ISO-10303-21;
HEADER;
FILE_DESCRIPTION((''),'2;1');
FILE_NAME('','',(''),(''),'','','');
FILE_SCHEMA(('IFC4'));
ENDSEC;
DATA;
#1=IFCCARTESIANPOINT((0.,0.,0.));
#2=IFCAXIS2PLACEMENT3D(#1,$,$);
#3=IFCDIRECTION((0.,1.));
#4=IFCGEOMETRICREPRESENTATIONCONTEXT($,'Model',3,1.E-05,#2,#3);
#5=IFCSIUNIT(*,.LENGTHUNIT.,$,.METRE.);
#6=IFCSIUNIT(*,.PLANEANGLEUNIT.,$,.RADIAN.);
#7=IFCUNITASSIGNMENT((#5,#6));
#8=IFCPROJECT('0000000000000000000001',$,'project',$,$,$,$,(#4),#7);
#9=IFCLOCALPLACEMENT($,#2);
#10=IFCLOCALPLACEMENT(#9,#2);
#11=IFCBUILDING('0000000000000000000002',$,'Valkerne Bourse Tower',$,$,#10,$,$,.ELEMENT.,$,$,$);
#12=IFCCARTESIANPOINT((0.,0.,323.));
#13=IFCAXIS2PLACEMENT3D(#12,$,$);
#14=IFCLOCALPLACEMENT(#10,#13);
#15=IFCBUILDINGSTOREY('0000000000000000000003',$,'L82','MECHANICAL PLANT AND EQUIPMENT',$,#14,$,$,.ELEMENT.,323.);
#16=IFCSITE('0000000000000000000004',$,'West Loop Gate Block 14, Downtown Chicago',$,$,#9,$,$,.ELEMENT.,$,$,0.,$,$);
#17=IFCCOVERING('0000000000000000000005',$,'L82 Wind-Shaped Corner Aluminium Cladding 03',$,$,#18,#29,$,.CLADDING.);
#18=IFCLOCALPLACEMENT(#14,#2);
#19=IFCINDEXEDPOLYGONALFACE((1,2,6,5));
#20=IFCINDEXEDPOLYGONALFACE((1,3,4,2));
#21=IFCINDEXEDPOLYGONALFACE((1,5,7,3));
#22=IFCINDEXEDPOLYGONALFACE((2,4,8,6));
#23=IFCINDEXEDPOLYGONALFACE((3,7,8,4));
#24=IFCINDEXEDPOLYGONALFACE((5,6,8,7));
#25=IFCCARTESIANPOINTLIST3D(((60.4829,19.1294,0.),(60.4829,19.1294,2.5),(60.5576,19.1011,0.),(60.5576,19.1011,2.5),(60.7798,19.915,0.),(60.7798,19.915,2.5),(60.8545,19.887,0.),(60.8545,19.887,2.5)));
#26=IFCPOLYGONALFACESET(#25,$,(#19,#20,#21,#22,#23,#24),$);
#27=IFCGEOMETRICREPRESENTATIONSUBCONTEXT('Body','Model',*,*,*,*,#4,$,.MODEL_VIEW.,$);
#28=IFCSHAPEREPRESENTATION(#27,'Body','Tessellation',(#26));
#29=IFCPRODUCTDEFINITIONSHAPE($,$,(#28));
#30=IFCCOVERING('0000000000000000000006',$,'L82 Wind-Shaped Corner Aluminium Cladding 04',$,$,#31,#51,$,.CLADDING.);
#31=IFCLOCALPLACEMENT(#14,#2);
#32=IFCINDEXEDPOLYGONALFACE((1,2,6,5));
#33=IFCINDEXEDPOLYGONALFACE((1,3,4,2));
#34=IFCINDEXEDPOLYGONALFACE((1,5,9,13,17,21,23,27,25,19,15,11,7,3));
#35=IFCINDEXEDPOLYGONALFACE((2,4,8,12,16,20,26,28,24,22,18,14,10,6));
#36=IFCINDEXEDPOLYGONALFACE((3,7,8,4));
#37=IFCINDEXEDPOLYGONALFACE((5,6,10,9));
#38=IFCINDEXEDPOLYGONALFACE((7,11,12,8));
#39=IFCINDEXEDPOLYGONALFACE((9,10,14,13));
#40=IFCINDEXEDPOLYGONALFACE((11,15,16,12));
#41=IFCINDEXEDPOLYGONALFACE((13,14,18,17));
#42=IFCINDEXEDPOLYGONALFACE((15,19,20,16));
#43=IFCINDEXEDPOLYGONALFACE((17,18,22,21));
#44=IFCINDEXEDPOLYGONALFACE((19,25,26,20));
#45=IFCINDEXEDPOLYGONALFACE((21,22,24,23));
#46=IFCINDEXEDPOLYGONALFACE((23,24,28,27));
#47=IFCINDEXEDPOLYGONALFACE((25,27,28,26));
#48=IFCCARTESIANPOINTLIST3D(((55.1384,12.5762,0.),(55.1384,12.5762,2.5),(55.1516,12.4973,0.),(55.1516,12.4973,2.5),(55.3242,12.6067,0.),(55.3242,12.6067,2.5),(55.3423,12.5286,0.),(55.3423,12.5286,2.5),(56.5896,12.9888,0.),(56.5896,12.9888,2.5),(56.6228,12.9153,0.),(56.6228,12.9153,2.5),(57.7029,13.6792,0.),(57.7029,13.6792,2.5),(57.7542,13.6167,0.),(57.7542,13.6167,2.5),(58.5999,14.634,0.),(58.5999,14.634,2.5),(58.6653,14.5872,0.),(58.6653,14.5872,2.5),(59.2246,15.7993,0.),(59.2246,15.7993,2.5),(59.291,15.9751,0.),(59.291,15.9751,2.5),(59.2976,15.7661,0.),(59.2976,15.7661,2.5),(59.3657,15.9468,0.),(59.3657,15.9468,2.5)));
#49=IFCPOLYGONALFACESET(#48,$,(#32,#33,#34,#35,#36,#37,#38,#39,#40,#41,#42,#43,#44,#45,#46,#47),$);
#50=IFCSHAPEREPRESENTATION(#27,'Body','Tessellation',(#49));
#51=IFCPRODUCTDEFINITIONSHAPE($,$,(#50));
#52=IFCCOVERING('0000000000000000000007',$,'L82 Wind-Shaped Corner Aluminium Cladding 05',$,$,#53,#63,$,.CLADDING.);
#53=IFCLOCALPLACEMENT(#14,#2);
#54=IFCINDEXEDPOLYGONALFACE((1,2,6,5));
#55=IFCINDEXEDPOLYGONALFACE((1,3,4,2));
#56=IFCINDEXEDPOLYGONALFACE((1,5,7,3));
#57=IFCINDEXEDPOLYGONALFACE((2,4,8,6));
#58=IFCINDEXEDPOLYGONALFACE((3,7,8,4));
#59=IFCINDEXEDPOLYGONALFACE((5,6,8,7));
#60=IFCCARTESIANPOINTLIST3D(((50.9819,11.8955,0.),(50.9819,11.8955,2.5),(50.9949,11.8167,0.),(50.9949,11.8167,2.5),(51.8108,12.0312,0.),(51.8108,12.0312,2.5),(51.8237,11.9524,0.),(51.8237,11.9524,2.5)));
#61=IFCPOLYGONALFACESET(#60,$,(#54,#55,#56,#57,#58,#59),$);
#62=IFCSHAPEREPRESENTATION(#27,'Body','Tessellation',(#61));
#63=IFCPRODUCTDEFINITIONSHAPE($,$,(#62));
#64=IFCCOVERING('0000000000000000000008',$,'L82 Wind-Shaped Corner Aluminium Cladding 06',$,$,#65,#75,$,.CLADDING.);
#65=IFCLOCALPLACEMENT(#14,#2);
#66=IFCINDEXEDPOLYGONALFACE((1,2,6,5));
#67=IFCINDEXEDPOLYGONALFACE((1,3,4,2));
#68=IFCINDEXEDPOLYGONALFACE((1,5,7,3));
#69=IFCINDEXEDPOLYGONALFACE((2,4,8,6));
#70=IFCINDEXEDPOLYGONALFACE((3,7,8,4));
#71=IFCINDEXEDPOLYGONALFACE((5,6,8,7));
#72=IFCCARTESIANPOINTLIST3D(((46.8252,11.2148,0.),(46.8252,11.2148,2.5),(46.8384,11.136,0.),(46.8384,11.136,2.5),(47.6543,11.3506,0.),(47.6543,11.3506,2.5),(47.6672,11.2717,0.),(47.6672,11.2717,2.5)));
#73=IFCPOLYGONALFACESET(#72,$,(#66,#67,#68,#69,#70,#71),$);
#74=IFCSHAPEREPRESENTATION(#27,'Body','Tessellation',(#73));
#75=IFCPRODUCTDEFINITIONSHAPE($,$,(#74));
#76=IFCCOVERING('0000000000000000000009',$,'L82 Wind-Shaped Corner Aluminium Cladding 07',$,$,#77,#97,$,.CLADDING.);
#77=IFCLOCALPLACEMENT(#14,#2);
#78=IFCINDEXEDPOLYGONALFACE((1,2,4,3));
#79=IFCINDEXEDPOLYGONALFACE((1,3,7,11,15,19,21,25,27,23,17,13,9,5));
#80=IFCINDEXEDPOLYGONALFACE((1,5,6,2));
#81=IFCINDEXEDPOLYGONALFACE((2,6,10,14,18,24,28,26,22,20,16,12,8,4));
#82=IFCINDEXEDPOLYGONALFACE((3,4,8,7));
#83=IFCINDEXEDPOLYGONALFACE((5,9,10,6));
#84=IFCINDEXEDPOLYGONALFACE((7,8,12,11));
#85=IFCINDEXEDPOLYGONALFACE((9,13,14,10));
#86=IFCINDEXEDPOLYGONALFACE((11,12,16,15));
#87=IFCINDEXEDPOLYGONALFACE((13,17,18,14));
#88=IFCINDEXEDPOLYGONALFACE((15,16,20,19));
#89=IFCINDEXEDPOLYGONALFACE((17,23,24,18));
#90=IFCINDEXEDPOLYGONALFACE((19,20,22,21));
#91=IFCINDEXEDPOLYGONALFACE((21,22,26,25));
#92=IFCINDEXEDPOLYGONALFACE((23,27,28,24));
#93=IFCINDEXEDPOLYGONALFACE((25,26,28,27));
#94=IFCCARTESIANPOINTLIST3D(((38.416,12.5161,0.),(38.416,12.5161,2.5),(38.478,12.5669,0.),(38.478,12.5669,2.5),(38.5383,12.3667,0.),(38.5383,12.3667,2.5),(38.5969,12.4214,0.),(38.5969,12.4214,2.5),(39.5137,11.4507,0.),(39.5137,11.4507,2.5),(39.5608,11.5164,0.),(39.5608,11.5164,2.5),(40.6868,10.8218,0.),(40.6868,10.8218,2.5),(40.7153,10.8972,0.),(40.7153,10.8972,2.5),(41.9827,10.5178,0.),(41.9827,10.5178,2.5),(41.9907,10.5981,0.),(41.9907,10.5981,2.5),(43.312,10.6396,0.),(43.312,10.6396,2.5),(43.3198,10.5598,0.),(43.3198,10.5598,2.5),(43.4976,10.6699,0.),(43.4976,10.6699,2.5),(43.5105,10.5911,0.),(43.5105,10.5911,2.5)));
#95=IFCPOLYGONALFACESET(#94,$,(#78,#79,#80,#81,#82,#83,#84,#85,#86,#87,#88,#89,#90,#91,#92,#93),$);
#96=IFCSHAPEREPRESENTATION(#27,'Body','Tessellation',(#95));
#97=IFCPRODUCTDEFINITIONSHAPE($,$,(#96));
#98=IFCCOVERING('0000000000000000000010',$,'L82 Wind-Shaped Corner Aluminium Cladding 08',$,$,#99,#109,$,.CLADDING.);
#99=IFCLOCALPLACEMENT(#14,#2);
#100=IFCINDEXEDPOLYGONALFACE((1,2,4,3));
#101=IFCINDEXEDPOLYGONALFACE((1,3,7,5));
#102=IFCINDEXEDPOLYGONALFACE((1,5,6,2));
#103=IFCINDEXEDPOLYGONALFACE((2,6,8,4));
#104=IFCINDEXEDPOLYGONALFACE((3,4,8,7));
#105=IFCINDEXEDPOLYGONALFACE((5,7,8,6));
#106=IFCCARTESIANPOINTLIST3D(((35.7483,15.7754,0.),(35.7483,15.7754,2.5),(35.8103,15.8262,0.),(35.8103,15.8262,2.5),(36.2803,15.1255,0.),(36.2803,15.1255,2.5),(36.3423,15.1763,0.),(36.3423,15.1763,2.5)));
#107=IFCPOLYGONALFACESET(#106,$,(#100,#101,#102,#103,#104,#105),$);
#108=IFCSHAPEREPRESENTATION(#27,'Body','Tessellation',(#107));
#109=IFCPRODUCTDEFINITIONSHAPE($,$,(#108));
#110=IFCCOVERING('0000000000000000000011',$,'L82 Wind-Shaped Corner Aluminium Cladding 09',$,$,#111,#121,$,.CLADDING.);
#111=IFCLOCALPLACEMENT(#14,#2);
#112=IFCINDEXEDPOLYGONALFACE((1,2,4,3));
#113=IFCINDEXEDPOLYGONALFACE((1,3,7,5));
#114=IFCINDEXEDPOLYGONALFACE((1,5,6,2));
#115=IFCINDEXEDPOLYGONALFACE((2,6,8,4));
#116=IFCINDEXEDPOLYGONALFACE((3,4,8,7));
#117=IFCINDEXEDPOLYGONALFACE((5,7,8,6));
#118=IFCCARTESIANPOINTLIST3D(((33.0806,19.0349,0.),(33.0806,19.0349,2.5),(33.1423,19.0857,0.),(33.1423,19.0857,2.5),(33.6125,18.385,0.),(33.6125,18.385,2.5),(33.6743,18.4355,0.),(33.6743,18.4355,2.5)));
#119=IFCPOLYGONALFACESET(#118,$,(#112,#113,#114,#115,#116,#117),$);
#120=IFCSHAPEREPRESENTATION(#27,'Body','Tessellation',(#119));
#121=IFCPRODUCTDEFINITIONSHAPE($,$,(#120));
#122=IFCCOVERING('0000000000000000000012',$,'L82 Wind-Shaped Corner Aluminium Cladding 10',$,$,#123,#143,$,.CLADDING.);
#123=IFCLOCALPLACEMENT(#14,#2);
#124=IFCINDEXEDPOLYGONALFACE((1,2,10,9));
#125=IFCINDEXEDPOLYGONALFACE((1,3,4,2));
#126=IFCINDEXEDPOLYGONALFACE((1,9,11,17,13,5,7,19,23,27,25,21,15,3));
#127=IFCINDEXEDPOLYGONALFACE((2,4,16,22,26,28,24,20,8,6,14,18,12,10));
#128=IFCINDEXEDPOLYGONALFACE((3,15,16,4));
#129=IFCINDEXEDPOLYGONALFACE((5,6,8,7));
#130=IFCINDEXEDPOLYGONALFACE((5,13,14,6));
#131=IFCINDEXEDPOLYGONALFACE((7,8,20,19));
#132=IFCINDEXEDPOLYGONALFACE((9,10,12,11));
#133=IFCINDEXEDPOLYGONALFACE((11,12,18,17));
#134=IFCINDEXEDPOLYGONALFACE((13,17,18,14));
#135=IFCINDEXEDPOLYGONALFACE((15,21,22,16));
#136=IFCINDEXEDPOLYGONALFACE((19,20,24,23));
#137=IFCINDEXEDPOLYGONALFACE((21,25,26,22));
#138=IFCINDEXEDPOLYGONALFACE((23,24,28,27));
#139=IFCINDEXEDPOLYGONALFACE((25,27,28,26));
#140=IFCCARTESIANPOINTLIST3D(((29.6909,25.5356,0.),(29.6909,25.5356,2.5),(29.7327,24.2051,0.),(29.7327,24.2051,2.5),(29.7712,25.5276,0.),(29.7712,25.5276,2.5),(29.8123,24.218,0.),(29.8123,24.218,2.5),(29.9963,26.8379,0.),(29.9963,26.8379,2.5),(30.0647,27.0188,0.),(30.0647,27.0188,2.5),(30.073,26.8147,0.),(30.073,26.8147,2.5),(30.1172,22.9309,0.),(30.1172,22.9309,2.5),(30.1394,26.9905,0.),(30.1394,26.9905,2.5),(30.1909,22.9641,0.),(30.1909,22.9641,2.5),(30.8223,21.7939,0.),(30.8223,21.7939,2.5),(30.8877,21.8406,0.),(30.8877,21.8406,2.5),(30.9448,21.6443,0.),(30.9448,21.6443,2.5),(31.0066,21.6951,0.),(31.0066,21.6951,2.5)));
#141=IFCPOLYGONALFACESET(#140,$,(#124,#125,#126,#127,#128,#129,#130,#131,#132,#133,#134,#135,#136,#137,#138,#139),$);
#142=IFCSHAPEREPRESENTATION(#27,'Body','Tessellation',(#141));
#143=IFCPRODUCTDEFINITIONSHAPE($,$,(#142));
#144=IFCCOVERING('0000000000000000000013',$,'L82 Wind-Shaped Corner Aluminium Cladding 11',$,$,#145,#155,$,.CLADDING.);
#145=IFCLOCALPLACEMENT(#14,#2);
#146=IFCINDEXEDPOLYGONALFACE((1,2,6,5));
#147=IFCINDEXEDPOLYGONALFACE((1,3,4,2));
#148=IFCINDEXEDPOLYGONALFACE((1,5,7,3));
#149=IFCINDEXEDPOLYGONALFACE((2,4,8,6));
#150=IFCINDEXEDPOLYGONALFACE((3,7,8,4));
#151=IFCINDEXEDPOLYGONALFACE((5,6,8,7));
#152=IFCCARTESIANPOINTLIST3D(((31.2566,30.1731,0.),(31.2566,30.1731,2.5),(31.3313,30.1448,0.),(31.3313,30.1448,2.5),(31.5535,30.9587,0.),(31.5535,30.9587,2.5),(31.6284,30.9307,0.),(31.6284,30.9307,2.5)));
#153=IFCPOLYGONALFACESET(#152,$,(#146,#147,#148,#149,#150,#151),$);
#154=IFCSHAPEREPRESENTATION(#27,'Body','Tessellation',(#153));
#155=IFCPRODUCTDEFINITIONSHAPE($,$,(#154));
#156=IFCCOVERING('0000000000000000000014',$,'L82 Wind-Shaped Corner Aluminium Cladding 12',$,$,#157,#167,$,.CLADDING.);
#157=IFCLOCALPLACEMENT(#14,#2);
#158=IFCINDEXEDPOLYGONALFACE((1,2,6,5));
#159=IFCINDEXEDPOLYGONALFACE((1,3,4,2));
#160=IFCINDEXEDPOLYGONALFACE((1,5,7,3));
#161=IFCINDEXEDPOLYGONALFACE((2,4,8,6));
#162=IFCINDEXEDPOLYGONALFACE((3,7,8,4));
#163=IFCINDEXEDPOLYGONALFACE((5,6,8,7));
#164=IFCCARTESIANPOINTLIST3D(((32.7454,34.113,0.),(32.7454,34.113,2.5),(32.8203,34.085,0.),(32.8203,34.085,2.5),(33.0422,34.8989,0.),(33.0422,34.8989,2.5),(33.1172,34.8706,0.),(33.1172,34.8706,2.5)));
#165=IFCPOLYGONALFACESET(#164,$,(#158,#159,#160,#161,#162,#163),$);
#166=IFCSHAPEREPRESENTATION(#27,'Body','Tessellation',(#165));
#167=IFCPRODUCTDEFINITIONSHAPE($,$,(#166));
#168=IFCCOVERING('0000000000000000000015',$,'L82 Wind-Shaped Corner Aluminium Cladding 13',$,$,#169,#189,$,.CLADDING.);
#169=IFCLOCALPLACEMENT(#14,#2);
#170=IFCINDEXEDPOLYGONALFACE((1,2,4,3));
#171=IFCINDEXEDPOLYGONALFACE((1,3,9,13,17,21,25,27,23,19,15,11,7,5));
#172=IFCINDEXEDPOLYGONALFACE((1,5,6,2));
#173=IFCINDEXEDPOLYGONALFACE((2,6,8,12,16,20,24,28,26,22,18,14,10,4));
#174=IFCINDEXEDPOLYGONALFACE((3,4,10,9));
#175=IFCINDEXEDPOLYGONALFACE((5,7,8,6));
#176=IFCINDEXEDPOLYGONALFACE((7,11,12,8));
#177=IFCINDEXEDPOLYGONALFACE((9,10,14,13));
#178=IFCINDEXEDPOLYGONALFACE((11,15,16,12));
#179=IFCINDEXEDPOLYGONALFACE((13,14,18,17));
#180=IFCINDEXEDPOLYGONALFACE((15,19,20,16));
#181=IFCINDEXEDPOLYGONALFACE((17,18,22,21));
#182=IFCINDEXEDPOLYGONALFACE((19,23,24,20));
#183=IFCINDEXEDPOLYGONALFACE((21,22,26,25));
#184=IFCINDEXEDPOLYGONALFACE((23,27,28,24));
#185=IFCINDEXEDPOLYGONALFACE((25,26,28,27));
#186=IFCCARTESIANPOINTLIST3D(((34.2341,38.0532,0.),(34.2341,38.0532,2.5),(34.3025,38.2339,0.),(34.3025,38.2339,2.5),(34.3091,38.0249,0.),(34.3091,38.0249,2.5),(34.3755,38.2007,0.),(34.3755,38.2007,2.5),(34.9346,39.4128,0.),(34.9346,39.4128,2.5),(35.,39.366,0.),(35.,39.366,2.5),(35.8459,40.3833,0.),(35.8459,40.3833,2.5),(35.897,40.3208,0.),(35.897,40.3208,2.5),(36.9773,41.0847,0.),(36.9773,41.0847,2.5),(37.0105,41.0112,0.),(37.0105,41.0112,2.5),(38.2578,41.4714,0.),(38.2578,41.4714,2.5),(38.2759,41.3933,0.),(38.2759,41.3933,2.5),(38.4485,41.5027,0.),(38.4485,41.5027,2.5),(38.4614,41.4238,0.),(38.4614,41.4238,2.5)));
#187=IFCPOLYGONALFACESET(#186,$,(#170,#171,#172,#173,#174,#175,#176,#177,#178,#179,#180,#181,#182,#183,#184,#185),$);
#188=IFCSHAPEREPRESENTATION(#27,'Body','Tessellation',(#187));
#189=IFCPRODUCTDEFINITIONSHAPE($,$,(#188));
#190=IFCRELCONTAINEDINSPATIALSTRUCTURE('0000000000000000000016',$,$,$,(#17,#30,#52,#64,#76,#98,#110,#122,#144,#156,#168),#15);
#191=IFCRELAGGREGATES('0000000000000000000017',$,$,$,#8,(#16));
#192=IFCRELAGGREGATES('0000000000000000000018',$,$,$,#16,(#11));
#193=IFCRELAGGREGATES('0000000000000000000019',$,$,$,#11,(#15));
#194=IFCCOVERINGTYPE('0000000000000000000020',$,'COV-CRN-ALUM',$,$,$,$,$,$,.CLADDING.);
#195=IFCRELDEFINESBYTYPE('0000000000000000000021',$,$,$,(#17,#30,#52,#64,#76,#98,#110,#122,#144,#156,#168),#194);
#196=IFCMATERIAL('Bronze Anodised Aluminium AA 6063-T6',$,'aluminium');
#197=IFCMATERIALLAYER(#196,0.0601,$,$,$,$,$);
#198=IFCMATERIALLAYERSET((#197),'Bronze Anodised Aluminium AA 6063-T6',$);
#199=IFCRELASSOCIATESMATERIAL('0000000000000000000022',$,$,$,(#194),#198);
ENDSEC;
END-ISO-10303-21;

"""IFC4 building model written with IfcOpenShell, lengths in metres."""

from ifc_helpers import new_model, si_unit, direction, frame, origin, place, context, subcontext, project, spatial, polyline, outline, extrude, material, layer, layer_set, type_object, element, save


model = new_model("IFC4")

# Units and contexts
model_context = context("Model", 3, precision=1e-05, world=origin(), true_north=direction((0.0, 1.0)))
body_context = subcontext(model_context, "Body", "Model", "MODEL_VIEW")
ifc_project = project(units=[si_unit("LENGTHUNIT", "METRE"), si_unit("PLANEANGLEUNIT", "RADIAN")], contexts=[model_context])

# Site, building, storey
site_placement = place(None, origin())
site = spatial("IfcSite", under=ifc_project, at=site_placement, Name="West Loop Gate Block 14, Downtown Chicago", CompositionType="ELEMENT", RefElevation=0.0)
building_placement = place(site_placement, origin())
building = spatial("IfcBuilding", under=site, at=building_placement, Name="Valkerne Bourse Tower", CompositionType="ELEMENT")
storey_placement = place(building_placement, frame((0.0, 0.0, 323.0)))
storey = spatial("IfcBuildingStorey", under=building, at=storey_placement, Name="L82", Description="MECHANICAL PLANT AND EQUIPMENT", CompositionType="ELEMENT", Elevation=323.0)

# Coverings
ifc_material_1 = material(Name="Bronze Anodised Aluminium AA 6063-T6", Category="aluminium")
ifc_layer_1 = layer(ifc_material_1, 0.0601)
ifc_layer_set_1 = layer_set([ifc_layer_1], Name="Bronze Anodised Aluminium AA 6063-T6")
covering_type_1 = type_object("IfcCoveringType", Name="COV-CRN-ALUM", PredefinedType="CLADDING", material=ifc_layer_set_1)
covering_1_placement = place(storey_placement, origin())
element("IfcCovering", 1, at=covering_1_placement, inside=storey, type_object=covering_type_1, Name="L82 Wind-Shaped Corner Aluminium Cladding 03", PredefinedType="CLADDING", context=body_context, shape_type="SweptSolid", body=[
    extrude(outline(polyline([(60.5576, 19.1011), (60.4829, 19.1294), (60.7798, 19.915), (60.8545, 19.887), (60.5576, 19.1011)])), origin(), (0.0, 0.0, 1.0), 2.5),
])
covering_2_placement = place(storey_placement, origin())
element("IfcCovering", 2, at=covering_2_placement, inside=storey, type_object=covering_type_1, Name="L82 Wind-Shaped Corner Aluminium Cladding 04", PredefinedType="CLADDING", context=body_context, shape_type="SweptSolid", body=[
    extrude(outline(polyline([(59.2976, 15.7661), (58.6653, 14.5872), (57.7542, 13.6167), (56.6228, 12.9153), (55.3423, 12.5286), (55.1516, 12.4973), (55.1384, 12.5762), (55.3242, 12.6067), (56.5896, 12.9888), (57.7029, 13.6792), (58.5999, 14.634), (59.2246, 15.7993), (59.291, 15.9751), (59.3657, 15.9468), (59.2976, 15.7661)])), origin(), (0.0, 0.0, 1.0), 2.5),
])
covering_3_placement = place(storey_placement, origin())
element("IfcCovering", 3, at=covering_3_placement, inside=storey, type_object=covering_type_1, Name="L82 Wind-Shaped Corner Aluminium Cladding 05", PredefinedType="CLADDING", context=body_context, shape_type="SweptSolid", body=[
    extrude(outline(polyline([(50.9949, 11.8167), (50.9819, 11.8955), (51.8108, 12.0312), (51.8237, 11.9524), (50.9949, 11.8167)])), origin(), (0.0, 0.0, 1.0), 2.5),
])
covering_4_placement = place(storey_placement, origin())
element("IfcCovering", 4, at=covering_4_placement, inside=storey, type_object=covering_type_1, Name="L82 Wind-Shaped Corner Aluminium Cladding 06", PredefinedType="CLADDING", context=body_context, shape_type="SweptSolid", body=[
    extrude(outline(polyline([(46.8384, 11.136), (46.8252, 11.2148), (47.6543, 11.3506), (47.6672, 11.2717), (46.8384, 11.136)])), origin(), (0.0, 0.0, 1.0), 2.5),
])
covering_5_placement = place(storey_placement, origin())
element("IfcCovering", 5, at=covering_5_placement, inside=storey, type_object=covering_type_1, Name="L82 Wind-Shaped Corner Aluminium Cladding 07", PredefinedType="CLADDING", context=body_context, shape_type="SweptSolid", body=[
    extrude(outline(polyline([(43.3198, 10.5598), (41.9827, 10.5178), (40.6868, 10.8218), (39.5137, 11.4507), (38.5383, 12.3667), (38.416, 12.5161), (38.478, 12.5669), (38.5969, 12.4214), (39.5608, 11.5164), (40.7153, 10.8972), (41.9907, 10.5981), (43.312, 10.6396), (43.4976, 10.6699), (43.5105, 10.5911), (43.3198, 10.5598)])), origin(), (0.0, 0.0, 1.0), 2.5),
])
covering_6_placement = place(storey_placement, origin())
element("IfcCovering", 6, at=covering_6_placement, inside=storey, type_object=covering_type_1, Name="L82 Wind-Shaped Corner Aluminium Cladding 08", PredefinedType="CLADDING", context=body_context, shape_type="SweptSolid", body=[
    extrude(outline(polyline([(35.7483, 15.7754), (35.8103, 15.8262), (36.3423, 15.1763), (36.2803, 15.1255), (35.7483, 15.7754)])), origin(), (0.0, 0.0, 1.0), 2.5),
])
covering_7_placement = place(storey_placement, origin())
element("IfcCovering", 7, at=covering_7_placement, inside=storey, type_object=covering_type_1, Name="L82 Wind-Shaped Corner Aluminium Cladding 09", PredefinedType="CLADDING", context=body_context, shape_type="SweptSolid", body=[
    extrude(outline(polyline([(33.0806, 19.0349), (33.1423, 19.0857), (33.6743, 18.4355), (33.6125, 18.385), (33.0806, 19.0349)])), origin(), (0.0, 0.0, 1.0), 2.5),
])
covering_8_placement = place(storey_placement, origin())
element("IfcCovering", 8, at=covering_8_placement, inside=storey, type_object=covering_type_1, Name="L82 Wind-Shaped Corner Aluminium Cladding 10", PredefinedType="CLADDING", context=body_context, shape_type="SweptSolid", body=[
    extrude(outline(polyline([(30.8223, 21.7939), (30.1172, 22.9309), (29.7327, 24.2051), (29.6909, 25.5356), (29.9963, 26.8379), (30.0647, 27.0188), (30.1394, 26.9905), (30.073, 26.8147), (29.7712, 25.5276), (29.8123, 24.218), (30.1909, 22.9641), (30.8877, 21.8406), (31.0066, 21.6951), (30.9448, 21.6443), (30.8223, 21.7939)])), origin(), (0.0, 0.0, 1.0), 2.5),
])
covering_9_placement = place(storey_placement, origin())
element("IfcCovering", 9, at=covering_9_placement, inside=storey, type_object=covering_type_1, Name="L82 Wind-Shaped Corner Aluminium Cladding 11", PredefinedType="CLADDING", context=body_context, shape_type="SweptSolid", body=[
    extrude(outline(polyline([(31.5535, 30.9587), (31.6284, 30.9307), (31.3313, 30.1448), (31.2566, 30.1731), (31.5535, 30.9587)])), origin(), (0.0, 0.0, 1.0), 2.5),
])
covering_10_placement = place(storey_placement, origin())
element("IfcCovering", 10, at=covering_10_placement, inside=storey, type_object=covering_type_1, Name="L82 Wind-Shaped Corner Aluminium Cladding 12", PredefinedType="CLADDING", context=body_context, shape_type="SweptSolid", body=[
    extrude(outline(polyline([(33.0422, 34.8989), (33.1172, 34.8706), (32.8203, 34.085), (32.7454, 34.113), (33.0422, 34.8989)])), origin(), (0.0, 0.0, 1.0), 2.5),
])
covering_11_placement = place(storey_placement, origin())
element("IfcCovering", 11, at=covering_11_placement, inside=storey, type_object=covering_type_1, Name="L82 Wind-Shaped Corner Aluminium Cladding 13", PredefinedType="CLADDING", context=body_context, shape_type="SweptSolid", body=[
    extrude(outline(polyline([(34.3025, 38.2339), (34.9346, 39.4128), (35.8459, 40.3833), (36.9773, 41.0847), (38.2578, 41.4714), (38.4485, 41.5027), (38.4614, 41.4238), (38.2759, 41.3933), (37.0105, 41.0112), (35.897, 40.3208), (35.0, 39.366), (34.3755, 38.2007), (34.3091, 38.0249), (34.2341, 38.0532), (34.3025, 38.2339)])), origin(), (0.0, 0.0, 1.0), 2.5),
])

save(model, "model.ifc")
